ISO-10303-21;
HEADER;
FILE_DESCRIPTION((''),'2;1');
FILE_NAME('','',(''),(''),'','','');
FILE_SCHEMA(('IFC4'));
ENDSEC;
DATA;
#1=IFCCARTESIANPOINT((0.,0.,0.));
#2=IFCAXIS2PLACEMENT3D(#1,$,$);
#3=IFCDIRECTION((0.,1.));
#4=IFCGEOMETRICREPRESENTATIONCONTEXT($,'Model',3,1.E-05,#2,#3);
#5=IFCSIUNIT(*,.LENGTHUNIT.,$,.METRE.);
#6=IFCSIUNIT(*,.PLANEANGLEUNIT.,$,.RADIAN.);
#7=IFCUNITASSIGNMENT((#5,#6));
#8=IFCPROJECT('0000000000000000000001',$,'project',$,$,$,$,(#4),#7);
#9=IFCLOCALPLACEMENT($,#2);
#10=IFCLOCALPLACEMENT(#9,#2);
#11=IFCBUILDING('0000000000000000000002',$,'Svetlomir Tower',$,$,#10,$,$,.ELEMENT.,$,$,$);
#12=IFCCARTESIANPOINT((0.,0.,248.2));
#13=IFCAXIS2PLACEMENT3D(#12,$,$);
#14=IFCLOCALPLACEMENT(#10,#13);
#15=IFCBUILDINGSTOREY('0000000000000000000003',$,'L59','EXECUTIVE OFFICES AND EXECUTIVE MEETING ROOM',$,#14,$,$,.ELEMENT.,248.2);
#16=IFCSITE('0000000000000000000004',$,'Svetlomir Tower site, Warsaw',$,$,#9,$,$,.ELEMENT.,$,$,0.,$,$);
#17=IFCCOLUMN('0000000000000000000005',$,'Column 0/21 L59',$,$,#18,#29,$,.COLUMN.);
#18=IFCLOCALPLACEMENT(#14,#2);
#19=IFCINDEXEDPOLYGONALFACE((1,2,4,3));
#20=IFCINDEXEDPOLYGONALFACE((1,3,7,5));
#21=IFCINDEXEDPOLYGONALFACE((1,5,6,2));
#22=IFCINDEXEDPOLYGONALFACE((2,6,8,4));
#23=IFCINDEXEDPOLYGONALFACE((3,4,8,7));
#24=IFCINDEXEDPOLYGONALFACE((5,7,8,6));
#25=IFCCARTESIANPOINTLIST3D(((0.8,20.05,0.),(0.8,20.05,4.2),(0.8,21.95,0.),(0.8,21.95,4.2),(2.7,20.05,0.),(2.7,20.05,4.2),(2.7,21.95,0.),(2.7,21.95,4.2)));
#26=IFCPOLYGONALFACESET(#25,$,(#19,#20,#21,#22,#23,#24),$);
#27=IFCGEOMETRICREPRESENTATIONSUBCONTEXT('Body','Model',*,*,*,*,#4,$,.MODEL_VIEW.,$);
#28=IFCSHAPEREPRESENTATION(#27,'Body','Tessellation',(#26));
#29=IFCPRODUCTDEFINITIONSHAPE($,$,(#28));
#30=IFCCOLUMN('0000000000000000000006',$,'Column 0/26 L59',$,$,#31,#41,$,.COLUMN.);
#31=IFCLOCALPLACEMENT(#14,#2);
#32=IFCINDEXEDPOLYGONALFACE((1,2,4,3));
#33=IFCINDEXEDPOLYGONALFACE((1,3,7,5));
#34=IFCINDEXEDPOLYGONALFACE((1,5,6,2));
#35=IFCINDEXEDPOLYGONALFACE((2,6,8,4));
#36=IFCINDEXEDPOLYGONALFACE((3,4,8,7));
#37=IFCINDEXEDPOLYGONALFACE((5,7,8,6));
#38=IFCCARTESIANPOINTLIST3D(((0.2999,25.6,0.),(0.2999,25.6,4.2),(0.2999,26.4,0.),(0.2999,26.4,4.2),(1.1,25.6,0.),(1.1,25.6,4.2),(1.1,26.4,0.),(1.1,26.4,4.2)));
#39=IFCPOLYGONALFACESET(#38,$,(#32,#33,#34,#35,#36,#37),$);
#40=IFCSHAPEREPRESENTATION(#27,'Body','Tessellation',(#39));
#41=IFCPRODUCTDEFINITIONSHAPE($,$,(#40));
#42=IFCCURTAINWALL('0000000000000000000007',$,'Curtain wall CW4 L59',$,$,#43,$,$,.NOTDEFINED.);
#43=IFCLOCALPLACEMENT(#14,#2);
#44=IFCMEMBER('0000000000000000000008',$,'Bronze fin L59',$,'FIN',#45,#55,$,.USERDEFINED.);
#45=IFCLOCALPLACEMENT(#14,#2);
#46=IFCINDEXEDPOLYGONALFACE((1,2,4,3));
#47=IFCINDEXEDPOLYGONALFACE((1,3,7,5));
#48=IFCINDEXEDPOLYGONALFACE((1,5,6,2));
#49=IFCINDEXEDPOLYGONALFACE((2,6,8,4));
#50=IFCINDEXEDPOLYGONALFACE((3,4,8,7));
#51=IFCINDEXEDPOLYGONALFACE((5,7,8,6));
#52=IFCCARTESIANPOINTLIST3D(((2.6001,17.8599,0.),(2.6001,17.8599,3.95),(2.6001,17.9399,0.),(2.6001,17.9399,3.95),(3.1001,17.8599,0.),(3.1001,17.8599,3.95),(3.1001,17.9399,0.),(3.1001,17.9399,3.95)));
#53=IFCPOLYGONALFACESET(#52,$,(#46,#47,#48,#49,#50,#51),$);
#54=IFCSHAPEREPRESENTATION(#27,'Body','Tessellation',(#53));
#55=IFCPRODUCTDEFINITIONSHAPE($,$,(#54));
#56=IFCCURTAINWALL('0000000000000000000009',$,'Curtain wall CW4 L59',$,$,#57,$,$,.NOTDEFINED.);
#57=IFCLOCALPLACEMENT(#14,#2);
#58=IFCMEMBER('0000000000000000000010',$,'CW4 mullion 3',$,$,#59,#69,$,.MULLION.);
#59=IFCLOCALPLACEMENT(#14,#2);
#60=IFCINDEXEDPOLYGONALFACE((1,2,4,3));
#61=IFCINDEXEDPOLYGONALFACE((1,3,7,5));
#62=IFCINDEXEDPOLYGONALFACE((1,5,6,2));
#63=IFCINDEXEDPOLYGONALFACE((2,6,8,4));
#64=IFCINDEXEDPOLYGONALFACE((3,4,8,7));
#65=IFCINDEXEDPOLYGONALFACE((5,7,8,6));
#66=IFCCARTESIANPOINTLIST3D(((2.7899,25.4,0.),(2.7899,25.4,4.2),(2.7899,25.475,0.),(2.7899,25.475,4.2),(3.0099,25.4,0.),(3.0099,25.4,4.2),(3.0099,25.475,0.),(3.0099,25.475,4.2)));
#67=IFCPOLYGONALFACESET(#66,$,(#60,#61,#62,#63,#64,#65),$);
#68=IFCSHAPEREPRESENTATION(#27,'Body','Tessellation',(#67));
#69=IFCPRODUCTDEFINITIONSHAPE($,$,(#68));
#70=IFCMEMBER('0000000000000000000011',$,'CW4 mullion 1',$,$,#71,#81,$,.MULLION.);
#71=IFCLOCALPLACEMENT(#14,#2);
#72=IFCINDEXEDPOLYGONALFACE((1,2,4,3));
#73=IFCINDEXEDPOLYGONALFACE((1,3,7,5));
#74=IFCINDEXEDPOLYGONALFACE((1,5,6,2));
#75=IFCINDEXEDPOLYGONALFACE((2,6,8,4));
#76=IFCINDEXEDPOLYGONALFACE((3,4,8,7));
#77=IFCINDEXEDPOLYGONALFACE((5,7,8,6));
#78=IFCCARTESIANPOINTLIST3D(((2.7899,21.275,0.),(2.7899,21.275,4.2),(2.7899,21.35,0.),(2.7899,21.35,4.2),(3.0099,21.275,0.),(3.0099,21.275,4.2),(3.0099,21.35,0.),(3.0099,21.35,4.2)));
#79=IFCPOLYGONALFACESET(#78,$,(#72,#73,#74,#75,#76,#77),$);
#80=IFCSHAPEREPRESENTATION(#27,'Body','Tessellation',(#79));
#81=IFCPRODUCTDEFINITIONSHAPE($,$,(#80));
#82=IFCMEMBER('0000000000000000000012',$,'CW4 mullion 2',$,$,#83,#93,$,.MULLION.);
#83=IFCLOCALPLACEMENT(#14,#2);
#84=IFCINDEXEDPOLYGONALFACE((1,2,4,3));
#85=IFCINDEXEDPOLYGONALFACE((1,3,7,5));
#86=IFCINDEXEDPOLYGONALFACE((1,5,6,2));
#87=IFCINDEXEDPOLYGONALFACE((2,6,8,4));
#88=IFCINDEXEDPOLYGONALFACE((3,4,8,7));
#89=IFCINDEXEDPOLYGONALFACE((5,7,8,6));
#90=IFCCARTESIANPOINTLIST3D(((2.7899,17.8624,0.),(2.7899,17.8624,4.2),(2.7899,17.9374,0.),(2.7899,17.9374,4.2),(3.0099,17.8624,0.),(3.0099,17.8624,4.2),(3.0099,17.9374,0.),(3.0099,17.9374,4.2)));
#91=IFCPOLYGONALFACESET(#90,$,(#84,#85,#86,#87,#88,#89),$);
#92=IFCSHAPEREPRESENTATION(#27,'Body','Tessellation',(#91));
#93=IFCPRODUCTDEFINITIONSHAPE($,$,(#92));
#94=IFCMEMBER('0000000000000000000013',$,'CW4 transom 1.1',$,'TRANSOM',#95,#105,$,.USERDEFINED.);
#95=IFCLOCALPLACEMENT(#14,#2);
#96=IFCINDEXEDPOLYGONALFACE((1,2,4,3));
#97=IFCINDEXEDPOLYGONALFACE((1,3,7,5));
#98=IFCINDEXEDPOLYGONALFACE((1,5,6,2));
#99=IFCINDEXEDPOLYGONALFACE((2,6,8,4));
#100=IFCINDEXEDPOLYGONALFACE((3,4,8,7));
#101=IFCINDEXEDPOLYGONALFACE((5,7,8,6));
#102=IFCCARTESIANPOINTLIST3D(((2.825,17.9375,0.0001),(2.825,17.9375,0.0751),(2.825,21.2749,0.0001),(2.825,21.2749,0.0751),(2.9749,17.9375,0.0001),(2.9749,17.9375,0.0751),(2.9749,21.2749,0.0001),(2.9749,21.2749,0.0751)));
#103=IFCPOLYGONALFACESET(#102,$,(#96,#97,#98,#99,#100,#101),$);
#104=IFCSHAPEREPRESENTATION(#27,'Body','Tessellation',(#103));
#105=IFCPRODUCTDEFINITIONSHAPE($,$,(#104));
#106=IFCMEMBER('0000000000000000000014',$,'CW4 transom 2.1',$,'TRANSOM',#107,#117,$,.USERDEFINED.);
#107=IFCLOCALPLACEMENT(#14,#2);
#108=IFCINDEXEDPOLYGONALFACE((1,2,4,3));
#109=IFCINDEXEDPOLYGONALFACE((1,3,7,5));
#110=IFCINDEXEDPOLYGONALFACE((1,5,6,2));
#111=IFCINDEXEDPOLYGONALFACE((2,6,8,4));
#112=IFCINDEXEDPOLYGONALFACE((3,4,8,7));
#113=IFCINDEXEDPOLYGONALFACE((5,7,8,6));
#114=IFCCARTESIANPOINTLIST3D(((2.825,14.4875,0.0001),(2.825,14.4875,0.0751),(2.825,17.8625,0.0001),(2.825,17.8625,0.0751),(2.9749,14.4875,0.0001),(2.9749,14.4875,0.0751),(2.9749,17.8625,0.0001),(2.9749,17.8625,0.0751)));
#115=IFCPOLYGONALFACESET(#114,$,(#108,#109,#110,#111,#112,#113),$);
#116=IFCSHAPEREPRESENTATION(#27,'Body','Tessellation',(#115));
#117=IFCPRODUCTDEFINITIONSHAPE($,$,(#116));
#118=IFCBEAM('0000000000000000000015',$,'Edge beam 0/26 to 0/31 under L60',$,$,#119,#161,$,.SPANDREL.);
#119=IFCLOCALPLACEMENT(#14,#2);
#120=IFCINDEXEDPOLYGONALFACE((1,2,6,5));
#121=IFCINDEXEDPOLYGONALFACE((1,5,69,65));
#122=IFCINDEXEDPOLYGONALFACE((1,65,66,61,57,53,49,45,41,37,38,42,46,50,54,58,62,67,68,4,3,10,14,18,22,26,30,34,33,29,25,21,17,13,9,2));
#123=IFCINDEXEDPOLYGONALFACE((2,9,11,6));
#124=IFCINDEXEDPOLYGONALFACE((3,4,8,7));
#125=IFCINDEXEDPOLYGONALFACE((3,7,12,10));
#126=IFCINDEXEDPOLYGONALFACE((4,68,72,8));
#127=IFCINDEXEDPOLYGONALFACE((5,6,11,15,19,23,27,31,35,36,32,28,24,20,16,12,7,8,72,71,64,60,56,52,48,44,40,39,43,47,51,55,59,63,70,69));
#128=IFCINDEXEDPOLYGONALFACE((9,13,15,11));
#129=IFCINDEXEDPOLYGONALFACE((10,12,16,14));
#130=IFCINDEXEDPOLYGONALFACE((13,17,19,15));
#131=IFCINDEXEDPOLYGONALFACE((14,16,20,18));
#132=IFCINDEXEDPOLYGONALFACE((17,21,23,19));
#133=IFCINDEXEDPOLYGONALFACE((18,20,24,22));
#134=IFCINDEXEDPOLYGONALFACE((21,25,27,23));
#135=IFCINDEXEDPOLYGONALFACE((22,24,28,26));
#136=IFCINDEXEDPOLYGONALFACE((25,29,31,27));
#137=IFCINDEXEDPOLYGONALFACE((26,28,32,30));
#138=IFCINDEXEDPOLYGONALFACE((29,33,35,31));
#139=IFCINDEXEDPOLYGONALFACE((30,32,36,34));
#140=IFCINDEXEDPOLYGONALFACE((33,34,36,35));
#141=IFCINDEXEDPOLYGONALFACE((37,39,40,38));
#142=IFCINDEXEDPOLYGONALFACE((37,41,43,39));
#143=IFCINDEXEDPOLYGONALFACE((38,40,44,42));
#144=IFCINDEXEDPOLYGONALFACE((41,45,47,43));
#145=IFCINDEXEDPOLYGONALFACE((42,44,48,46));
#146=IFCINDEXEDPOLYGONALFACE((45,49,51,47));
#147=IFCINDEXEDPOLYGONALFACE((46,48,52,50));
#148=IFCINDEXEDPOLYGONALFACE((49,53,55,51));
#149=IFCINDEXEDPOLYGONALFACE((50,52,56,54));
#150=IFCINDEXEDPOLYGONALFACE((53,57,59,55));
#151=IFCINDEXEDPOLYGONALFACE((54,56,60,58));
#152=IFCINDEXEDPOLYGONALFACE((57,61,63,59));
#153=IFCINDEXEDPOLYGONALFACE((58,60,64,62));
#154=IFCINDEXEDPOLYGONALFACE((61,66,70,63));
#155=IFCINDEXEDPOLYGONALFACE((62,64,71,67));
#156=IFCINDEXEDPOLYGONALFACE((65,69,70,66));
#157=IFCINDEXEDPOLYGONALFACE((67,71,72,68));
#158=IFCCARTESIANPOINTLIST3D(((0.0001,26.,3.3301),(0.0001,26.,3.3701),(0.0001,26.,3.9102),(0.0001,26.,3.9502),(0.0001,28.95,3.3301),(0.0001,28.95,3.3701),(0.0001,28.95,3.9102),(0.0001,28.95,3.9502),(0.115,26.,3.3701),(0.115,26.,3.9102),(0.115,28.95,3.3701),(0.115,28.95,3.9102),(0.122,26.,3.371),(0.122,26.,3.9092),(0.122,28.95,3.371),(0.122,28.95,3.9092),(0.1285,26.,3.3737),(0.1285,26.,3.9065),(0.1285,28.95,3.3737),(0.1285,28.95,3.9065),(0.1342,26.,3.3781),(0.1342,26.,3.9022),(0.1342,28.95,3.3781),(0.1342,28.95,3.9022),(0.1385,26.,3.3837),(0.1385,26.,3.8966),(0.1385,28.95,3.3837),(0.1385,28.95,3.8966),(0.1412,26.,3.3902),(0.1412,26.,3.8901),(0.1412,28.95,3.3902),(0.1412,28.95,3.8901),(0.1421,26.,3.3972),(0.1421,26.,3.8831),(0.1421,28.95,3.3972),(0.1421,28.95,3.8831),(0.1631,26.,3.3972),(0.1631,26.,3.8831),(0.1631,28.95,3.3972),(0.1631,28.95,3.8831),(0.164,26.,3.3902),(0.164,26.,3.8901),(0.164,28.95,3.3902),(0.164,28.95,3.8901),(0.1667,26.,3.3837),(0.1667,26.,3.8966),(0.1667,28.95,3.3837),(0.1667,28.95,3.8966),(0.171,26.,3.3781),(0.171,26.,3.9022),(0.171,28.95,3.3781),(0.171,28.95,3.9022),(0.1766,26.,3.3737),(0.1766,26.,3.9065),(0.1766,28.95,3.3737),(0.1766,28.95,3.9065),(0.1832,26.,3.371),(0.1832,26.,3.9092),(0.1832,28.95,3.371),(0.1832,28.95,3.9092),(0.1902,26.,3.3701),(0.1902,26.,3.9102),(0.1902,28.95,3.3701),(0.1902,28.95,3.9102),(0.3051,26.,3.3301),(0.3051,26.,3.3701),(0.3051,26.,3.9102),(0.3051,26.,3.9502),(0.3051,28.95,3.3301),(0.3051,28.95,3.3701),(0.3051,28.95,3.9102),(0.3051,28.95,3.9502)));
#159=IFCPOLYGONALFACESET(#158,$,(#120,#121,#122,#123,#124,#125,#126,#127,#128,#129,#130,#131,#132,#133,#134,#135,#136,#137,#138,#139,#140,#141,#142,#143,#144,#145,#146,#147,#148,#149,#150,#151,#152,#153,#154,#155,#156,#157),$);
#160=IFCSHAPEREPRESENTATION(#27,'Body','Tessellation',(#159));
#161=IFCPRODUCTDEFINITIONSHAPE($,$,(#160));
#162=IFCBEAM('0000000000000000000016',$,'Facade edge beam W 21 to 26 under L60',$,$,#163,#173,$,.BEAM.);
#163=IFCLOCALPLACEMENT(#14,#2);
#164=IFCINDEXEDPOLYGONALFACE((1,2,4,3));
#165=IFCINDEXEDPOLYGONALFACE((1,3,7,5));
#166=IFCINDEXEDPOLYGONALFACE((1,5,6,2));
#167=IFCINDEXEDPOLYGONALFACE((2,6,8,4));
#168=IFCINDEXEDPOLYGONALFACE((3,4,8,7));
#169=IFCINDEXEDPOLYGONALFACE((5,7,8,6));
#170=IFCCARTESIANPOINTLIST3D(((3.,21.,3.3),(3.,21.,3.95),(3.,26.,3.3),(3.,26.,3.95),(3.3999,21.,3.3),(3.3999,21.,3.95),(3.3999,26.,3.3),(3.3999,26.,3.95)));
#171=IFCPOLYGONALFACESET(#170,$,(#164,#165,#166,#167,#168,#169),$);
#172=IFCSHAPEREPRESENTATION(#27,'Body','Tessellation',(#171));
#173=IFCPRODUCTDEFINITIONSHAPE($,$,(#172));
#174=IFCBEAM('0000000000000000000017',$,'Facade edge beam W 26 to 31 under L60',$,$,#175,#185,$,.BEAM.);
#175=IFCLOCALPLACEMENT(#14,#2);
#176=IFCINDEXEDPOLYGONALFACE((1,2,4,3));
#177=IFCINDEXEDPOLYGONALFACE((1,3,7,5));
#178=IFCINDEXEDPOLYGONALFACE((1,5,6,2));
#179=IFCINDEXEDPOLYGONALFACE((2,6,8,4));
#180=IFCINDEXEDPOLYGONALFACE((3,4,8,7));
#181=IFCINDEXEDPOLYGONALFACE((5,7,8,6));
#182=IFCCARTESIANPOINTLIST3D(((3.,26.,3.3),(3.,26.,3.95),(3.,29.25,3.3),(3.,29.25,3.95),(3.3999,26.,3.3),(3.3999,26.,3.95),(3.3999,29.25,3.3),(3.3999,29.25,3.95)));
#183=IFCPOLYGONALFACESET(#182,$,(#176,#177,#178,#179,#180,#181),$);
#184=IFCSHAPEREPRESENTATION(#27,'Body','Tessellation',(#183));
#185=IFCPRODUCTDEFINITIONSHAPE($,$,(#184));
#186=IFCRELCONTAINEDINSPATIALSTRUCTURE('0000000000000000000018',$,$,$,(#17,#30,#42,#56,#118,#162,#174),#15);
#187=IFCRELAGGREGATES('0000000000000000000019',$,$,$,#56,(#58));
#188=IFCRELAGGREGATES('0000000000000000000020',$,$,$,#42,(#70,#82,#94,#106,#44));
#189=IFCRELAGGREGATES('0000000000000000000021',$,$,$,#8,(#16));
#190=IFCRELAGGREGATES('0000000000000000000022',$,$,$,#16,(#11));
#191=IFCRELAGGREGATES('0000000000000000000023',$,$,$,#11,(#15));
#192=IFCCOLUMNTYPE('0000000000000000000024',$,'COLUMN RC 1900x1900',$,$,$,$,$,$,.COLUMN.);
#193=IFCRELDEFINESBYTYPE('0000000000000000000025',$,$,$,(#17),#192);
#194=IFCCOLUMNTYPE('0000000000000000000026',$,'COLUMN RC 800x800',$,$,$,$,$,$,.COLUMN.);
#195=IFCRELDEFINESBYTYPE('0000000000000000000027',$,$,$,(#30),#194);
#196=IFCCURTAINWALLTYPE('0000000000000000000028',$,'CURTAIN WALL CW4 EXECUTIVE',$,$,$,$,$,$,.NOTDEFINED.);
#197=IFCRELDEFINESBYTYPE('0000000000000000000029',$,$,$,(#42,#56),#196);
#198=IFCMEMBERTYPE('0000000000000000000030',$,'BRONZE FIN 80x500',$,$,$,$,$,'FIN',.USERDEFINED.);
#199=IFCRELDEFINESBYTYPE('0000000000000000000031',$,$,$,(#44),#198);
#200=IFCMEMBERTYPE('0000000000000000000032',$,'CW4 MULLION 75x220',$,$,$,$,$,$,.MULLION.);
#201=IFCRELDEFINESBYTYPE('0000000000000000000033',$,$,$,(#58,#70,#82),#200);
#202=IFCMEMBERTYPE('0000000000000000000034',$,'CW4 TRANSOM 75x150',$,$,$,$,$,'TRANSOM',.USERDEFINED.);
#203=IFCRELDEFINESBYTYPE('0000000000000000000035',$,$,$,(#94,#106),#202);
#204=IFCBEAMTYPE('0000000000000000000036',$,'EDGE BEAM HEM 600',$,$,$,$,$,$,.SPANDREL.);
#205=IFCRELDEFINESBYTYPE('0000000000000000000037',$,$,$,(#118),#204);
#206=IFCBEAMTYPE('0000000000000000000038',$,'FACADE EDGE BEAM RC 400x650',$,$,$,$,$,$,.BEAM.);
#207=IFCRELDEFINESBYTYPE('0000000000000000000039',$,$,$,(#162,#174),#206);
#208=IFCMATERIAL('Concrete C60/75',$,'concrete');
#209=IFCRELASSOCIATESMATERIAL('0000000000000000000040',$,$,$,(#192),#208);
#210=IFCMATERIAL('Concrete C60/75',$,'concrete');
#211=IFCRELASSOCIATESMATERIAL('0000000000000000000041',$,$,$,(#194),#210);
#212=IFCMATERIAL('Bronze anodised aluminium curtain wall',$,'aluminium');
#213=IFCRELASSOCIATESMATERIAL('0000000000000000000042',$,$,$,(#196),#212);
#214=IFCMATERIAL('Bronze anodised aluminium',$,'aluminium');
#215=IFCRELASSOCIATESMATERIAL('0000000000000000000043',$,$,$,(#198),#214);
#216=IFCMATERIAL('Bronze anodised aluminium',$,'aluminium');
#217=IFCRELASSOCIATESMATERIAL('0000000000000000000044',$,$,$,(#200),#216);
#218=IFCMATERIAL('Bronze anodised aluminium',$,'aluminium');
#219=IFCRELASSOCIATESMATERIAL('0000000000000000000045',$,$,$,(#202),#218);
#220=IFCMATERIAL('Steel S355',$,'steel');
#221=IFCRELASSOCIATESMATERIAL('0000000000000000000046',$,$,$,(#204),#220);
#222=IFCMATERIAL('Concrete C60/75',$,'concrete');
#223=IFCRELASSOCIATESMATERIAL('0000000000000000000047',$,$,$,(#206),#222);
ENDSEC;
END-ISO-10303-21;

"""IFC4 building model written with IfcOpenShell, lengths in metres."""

from ifc_helpers import new_model, si_unit, direction, frame, origin, origin_2d, place, context, subcontext, project, spatial, rectangle, i_section, extrude, material, material_profile, profile_set, type_object, element, aggregate, save


model = new_model("IFC4")

# Units and contexts
model_context = context("Model", 3, precision=1e-05, world=origin(), true_north=direction((0.0, 1.0)))
body_context = subcontext(model_context, "Body", "Model", "MODEL_VIEW")
ifc_project = project(units=[si_unit("LENGTHUNIT", "METRE"), si_unit("PLANEANGLEUNIT", "RADIAN")], contexts=[model_context])

# Site, building, storey
site_placement = place(None, origin())
site = spatial("IfcSite", under=ifc_project, at=site_placement, Name="Svetlomir Tower site, Warsaw", CompositionType="ELEMENT", RefElevation=0.0)
building_placement = place(site_placement, origin())
building = spatial("IfcBuilding", under=site, at=building_placement, Name="Svetlomir Tower", CompositionType="ELEMENT")
storey_placement = place(building_placement, frame((0.0, 0.0, 248.2)))
storey = spatial("IfcBuildingStorey", under=building, at=storey_placement, Name="L59", Description="EXECUTIVE OFFICES AND EXECUTIVE MEETING ROOM", CompositionType="ELEMENT", Elevation=248.2)

# Columns
ifc_material_1 = material(Name="Concrete C60/75", Category="concrete")
ifc_material_profile_1 = material_profile(ifc_material_1, rectangle(XDim=1.8999, YDim=1.8999, at=origin_2d()), Name="RC 1900x1900")
ifc_profile_set_1 = profile_set([ifc_material_profile_1], Name="Concrete C60/75")
column_type_1 = type_object("IfcColumnType", Name="COLUMN RC 1900x1900", PredefinedType="COLUMN", material=ifc_profile_set_1)
column_1_placement = place(storey_placement, frame((1.75, 21.0, 0.0), z_axis=(0.0, 0.0, 1.0), x_axis=(1.0, 0.0, 0.0)))
element("IfcColumn", 1, at=column_1_placement, inside=storey, type_object=column_type_1, Name="Column 0/21 L59", PredefinedType="COLUMN", context=body_context, shape_type="SweptSolid", body=[
    extrude(rectangle(XDim=1.8999, YDim=1.8999, at=origin_2d()), origin(), (0.0, 0.0, 1.0), 4.2),
])
ifc_material_2 = material(Name="Concrete C60/75", Category="concrete")
ifc_material_profile_2 = material_profile(ifc_material_2, rectangle(XDim=0.8, YDim=0.8, at=origin_2d()), Name="RC 800x800")
ifc_profile_set_2 = profile_set([ifc_material_profile_2], Name="Concrete C60/75")
column_type_2 = type_object("IfcColumnType", Name="COLUMN RC 800x800", PredefinedType="COLUMN", material=ifc_profile_set_2)
column_2_placement = place(storey_placement, frame((0.7, 26.0, 0.0), z_axis=(0.0, 0.0, 1.0), x_axis=(1.0, 0.0, 0.0)))
element("IfcColumn", 2, at=column_2_placement, inside=storey, type_object=column_type_2, Name="Column 0/26 L59", PredefinedType="COLUMN", context=body_context, shape_type="SweptSolid", body=[
    extrude(rectangle(XDim=0.8, YDim=0.8, at=origin_2d()), origin(), (0.0, 0.0, 1.0), 4.2),
])

# Curtain walls, members
ifc_material_3 = material(Name="Bronze anodised aluminium curtain wall", Category="aluminium")
curtain_wall_type = type_object("IfcCurtainWallType", Name="CURTAIN WALL CW4 EXECUTIVE", PredefinedType="NOTDEFINED", material=ifc_material_3)
curtain_wall_1_placement = place(storey_placement, origin())
curtain_wall_1 = element("IfcCurtainWall", 3, at=curtain_wall_1_placement, inside=storey, type_object=curtain_wall_type, Name="Curtain wall CW4 L59", PredefinedType="NOTDEFINED")
ifc_material_4 = material(Name="Bronze anodised aluminium", Category="aluminium")
ifc_material_profile_3 = material_profile(ifc_material_4, rectangle(XDim=0.0801, YDim=0.5, at=origin_2d()), Name="FIN 80x500")
ifc_profile_set_3 = profile_set([ifc_material_profile_3], Name="Bronze anodised aluminium 6063-T6")
member_type_1 = type_object("IfcMemberType", Name="BRONZE FIN 80x500", ElementType="FIN", PredefinedType="USERDEFINED", material=ifc_profile_set_3)
member_1_placement = place(storey_placement, frame((2.8501, 17.8999, 0.0), z_axis=(0.0, 0.0, 1.0), x_axis=(0.0, 1.0, 0.0)))
member_1 = element("IfcMember", 4, at=member_1_placement, type_object=member_type_1, Name="Bronze fin L59", ObjectType="FIN", PredefinedType="USERDEFINED", context=body_context, shape_type="SweptSolid", body=[
    extrude(rectangle(XDim=0.0801, YDim=0.5, at=origin_2d()), origin(), (0.0, 0.0, 1.0), 3.95),
])
curtain_wall_2_placement = place(storey_placement, origin())
curtain_wall_2 = element("IfcCurtainWall", 5, at=curtain_wall_2_placement, inside=storey, type_object=curtain_wall_type, Name="Curtain wall CW4 L59", PredefinedType="NOTDEFINED")
ifc_material_5 = material(Name="Bronze anodised aluminium", Category="aluminium")
ifc_material_profile_4 = material_profile(ifc_material_5, rectangle(XDim=0.075, YDim=0.22, at=origin_2d()), Name="AL 75x220")
ifc_profile_set_4 = profile_set([ifc_material_profile_4], Name="Bronze anodised aluminium 6063-T6")
member_type_2 = type_object("IfcMemberType", Name="CW4 MULLION 75x220", PredefinedType="MULLION", material=ifc_profile_set_4)
member_2_placement = place(storey_placement, frame((2.8999, 25.4375, 0.0), z_axis=(0.0, 0.0, 1.0), x_axis=(0.0, -1.0, 0.0)))
member_2 = element("IfcMember", 6, at=member_2_placement, type_object=member_type_2, Name="CW4 mullion 3", PredefinedType="MULLION", context=body_context, shape_type="SweptSolid", body=[
    extrude(rectangle(XDim=0.075, YDim=0.22, at=origin_2d()), origin(), (0.0, 0.0, 1.0), 4.2),
])
aggregate(curtain_wall_2, [member_2])

# Members
member_3_placement = place(storey_placement, frame((2.8999, 21.3125, 0.0), z_axis=(0.0, 0.0, 1.0), x_axis=(0.0, -1.0, 0.0)))
member_3 = element("IfcMember", 7, at=member_3_placement, type_object=member_type_2, Name="CW4 mullion 1", PredefinedType="MULLION", context=body_context, shape_type="SweptSolid", body=[
    extrude(rectangle(XDim=0.075, YDim=0.22, at=origin_2d()), origin(), (0.0, 0.0, 1.0), 4.2),
])
member_4_placement = place(storey_placement, frame((2.8999, 17.8999, 0.0), z_axis=(0.0, 0.0, 1.0), x_axis=(0.0, -1.0, 0.0)))
member_4 = element("IfcMember", 8, at=member_4_placement, type_object=member_type_2, Name="CW4 mullion 2", PredefinedType="MULLION", context=body_context, shape_type="SweptSolid", body=[
    extrude(rectangle(XDim=0.075, YDim=0.22, at=origin_2d()), origin(), (0.0, 0.0, 1.0), 4.2),
])
ifc_material_6 = material(Name="Bronze anodised aluminium", Category="aluminium")
ifc_material_profile_5 = material_profile(ifc_material_6, rectangle(XDim=0.1499, YDim=0.075, at=origin_2d()), Name="AL 150x75")
ifc_profile_set_5 = profile_set([ifc_material_profile_5], Name="Bronze anodised aluminium 6063-T6")
member_type_3 = type_object("IfcMemberType", Name="CW4 TRANSOM 75x150", ElementType="TRANSOM", PredefinedType="USERDEFINED", material=ifc_profile_set_5)
member_5_placement = place(storey_placement, frame((2.8999, 21.2749, 0.0376), z_axis=(0.0, -1.0, 0.0), x_axis=(1.0, 0.0, 0.0)))
member_5 = element("IfcMember", 9, at=member_5_placement, type_object=member_type_3, Name="CW4 transom 1.1", ObjectType="TRANSOM", PredefinedType="USERDEFINED", context=body_context, shape_type="SweptSolid", body=[
    extrude(rectangle(XDim=0.1499, YDim=0.075, at=origin_2d()), origin(), (0.0, 0.0, 1.0), 3.3374),
])
member_6_placement = place(storey_placement, frame((2.8999, 17.8625, 0.0376), z_axis=(0.0, -1.0, 0.0), x_axis=(1.0, 0.0, 0.0)))
member_6 = element("IfcMember", 10, at=member_6_placement, type_object=member_type_3, Name="CW4 transom 2.1", ObjectType="TRANSOM", PredefinedType="USERDEFINED", context=body_context, shape_type="SweptSolid", body=[
    extrude(rectangle(XDim=0.1499, YDim=0.075, at=origin_2d()), origin(), (0.0, 0.0, 1.0), 3.375),
])

# Beams
ifc_material_7 = material(Name="Steel S355", Category="steel")
ifc_material_profile_6 = material_profile(ifc_material_7, i_section(OverallWidth=0.3049, OverallDepth=0.6201, WebThickness=0.021, FlangeThickness=0.04, FilletRadius=0.0271, at=origin_2d()), Name="HEM 600")
ifc_profile_set_6 = profile_set([ifc_material_profile_6], Name="Steel S355")
beam_type_1 = type_object("IfcBeamType", Name="EDGE BEAM HEM 600", PredefinedType="SPANDREL", material=ifc_profile_set_6)
beam_1_placement = place(storey_placement, frame((0.1526, 26.0, 3.6401), z_axis=(0.0, 1.0, 0.0), x_axis=(-1.0, 0.0, 0.0)))
element("IfcBeam", 11, at=beam_1_placement, inside=storey, type_object=beam_type_1, Name="Edge beam 0/26 to 0/31 under L60", PredefinedType="SPANDREL", context=body_context, shape_type="SweptSolid", body=[
    extrude(i_section(OverallWidth=0.3049, OverallDepth=0.6201, WebThickness=0.021, FlangeThickness=0.04, FilletRadius=0.0271, at=origin_2d()), origin(), (0.0, 0.0, 1.0), 2.95),
])
ifc_material_8 = material(Name="Concrete C60/75", Category="concrete")
ifc_material_profile_7 = material_profile(ifc_material_8, rectangle(XDim=0.3999, YDim=0.6499, at=origin_2d()), Name="RC 400x650")
ifc_profile_set_7 = profile_set([ifc_material_profile_7], Name="Concrete C60/75")
beam_type_2 = type_object("IfcBeamType", Name="FACADE EDGE BEAM RC 400x650", PredefinedType="BEAM", material=ifc_profile_set_7)
beam_2_placement = place(storey_placement, frame((3.2, 21.0, 3.625), z_axis=(0.0, 1.0, 0.0), x_axis=(-1.0, 0.0, 0.0)))
element("IfcBeam", 12, at=beam_2_placement, inside=storey, type_object=beam_type_2, Name="Facade edge beam W 21 to 26 under L60", PredefinedType="BEAM", context=body_context, shape_type="SweptSolid", body=[
    extrude(rectangle(XDim=0.3999, YDim=0.6499, at=origin_2d()), origin(), (0.0, 0.0, 1.0), 5.0),
])
beam_3_placement = place(storey_placement, frame((3.2, 26.0, 3.625), z_axis=(0.0, 1.0, 0.0), x_axis=(-1.0, 0.0, 0.0)))
element("IfcBeam", 13, at=beam_3_placement, inside=storey, type_object=beam_type_2, Name="Facade edge beam W 26 to 31 under L60", PredefinedType="BEAM", context=body_context, shape_type="SweptSolid", body=[
    extrude(rectangle(XDim=0.3999, YDim=0.6499, at=origin_2d()), origin(), (0.0, 0.0, 1.0), 3.25),
])

aggregate(curtain_wall_1, [member_3, member_4, member_5, member_6, member_1])

save(model, "model.ifc")
